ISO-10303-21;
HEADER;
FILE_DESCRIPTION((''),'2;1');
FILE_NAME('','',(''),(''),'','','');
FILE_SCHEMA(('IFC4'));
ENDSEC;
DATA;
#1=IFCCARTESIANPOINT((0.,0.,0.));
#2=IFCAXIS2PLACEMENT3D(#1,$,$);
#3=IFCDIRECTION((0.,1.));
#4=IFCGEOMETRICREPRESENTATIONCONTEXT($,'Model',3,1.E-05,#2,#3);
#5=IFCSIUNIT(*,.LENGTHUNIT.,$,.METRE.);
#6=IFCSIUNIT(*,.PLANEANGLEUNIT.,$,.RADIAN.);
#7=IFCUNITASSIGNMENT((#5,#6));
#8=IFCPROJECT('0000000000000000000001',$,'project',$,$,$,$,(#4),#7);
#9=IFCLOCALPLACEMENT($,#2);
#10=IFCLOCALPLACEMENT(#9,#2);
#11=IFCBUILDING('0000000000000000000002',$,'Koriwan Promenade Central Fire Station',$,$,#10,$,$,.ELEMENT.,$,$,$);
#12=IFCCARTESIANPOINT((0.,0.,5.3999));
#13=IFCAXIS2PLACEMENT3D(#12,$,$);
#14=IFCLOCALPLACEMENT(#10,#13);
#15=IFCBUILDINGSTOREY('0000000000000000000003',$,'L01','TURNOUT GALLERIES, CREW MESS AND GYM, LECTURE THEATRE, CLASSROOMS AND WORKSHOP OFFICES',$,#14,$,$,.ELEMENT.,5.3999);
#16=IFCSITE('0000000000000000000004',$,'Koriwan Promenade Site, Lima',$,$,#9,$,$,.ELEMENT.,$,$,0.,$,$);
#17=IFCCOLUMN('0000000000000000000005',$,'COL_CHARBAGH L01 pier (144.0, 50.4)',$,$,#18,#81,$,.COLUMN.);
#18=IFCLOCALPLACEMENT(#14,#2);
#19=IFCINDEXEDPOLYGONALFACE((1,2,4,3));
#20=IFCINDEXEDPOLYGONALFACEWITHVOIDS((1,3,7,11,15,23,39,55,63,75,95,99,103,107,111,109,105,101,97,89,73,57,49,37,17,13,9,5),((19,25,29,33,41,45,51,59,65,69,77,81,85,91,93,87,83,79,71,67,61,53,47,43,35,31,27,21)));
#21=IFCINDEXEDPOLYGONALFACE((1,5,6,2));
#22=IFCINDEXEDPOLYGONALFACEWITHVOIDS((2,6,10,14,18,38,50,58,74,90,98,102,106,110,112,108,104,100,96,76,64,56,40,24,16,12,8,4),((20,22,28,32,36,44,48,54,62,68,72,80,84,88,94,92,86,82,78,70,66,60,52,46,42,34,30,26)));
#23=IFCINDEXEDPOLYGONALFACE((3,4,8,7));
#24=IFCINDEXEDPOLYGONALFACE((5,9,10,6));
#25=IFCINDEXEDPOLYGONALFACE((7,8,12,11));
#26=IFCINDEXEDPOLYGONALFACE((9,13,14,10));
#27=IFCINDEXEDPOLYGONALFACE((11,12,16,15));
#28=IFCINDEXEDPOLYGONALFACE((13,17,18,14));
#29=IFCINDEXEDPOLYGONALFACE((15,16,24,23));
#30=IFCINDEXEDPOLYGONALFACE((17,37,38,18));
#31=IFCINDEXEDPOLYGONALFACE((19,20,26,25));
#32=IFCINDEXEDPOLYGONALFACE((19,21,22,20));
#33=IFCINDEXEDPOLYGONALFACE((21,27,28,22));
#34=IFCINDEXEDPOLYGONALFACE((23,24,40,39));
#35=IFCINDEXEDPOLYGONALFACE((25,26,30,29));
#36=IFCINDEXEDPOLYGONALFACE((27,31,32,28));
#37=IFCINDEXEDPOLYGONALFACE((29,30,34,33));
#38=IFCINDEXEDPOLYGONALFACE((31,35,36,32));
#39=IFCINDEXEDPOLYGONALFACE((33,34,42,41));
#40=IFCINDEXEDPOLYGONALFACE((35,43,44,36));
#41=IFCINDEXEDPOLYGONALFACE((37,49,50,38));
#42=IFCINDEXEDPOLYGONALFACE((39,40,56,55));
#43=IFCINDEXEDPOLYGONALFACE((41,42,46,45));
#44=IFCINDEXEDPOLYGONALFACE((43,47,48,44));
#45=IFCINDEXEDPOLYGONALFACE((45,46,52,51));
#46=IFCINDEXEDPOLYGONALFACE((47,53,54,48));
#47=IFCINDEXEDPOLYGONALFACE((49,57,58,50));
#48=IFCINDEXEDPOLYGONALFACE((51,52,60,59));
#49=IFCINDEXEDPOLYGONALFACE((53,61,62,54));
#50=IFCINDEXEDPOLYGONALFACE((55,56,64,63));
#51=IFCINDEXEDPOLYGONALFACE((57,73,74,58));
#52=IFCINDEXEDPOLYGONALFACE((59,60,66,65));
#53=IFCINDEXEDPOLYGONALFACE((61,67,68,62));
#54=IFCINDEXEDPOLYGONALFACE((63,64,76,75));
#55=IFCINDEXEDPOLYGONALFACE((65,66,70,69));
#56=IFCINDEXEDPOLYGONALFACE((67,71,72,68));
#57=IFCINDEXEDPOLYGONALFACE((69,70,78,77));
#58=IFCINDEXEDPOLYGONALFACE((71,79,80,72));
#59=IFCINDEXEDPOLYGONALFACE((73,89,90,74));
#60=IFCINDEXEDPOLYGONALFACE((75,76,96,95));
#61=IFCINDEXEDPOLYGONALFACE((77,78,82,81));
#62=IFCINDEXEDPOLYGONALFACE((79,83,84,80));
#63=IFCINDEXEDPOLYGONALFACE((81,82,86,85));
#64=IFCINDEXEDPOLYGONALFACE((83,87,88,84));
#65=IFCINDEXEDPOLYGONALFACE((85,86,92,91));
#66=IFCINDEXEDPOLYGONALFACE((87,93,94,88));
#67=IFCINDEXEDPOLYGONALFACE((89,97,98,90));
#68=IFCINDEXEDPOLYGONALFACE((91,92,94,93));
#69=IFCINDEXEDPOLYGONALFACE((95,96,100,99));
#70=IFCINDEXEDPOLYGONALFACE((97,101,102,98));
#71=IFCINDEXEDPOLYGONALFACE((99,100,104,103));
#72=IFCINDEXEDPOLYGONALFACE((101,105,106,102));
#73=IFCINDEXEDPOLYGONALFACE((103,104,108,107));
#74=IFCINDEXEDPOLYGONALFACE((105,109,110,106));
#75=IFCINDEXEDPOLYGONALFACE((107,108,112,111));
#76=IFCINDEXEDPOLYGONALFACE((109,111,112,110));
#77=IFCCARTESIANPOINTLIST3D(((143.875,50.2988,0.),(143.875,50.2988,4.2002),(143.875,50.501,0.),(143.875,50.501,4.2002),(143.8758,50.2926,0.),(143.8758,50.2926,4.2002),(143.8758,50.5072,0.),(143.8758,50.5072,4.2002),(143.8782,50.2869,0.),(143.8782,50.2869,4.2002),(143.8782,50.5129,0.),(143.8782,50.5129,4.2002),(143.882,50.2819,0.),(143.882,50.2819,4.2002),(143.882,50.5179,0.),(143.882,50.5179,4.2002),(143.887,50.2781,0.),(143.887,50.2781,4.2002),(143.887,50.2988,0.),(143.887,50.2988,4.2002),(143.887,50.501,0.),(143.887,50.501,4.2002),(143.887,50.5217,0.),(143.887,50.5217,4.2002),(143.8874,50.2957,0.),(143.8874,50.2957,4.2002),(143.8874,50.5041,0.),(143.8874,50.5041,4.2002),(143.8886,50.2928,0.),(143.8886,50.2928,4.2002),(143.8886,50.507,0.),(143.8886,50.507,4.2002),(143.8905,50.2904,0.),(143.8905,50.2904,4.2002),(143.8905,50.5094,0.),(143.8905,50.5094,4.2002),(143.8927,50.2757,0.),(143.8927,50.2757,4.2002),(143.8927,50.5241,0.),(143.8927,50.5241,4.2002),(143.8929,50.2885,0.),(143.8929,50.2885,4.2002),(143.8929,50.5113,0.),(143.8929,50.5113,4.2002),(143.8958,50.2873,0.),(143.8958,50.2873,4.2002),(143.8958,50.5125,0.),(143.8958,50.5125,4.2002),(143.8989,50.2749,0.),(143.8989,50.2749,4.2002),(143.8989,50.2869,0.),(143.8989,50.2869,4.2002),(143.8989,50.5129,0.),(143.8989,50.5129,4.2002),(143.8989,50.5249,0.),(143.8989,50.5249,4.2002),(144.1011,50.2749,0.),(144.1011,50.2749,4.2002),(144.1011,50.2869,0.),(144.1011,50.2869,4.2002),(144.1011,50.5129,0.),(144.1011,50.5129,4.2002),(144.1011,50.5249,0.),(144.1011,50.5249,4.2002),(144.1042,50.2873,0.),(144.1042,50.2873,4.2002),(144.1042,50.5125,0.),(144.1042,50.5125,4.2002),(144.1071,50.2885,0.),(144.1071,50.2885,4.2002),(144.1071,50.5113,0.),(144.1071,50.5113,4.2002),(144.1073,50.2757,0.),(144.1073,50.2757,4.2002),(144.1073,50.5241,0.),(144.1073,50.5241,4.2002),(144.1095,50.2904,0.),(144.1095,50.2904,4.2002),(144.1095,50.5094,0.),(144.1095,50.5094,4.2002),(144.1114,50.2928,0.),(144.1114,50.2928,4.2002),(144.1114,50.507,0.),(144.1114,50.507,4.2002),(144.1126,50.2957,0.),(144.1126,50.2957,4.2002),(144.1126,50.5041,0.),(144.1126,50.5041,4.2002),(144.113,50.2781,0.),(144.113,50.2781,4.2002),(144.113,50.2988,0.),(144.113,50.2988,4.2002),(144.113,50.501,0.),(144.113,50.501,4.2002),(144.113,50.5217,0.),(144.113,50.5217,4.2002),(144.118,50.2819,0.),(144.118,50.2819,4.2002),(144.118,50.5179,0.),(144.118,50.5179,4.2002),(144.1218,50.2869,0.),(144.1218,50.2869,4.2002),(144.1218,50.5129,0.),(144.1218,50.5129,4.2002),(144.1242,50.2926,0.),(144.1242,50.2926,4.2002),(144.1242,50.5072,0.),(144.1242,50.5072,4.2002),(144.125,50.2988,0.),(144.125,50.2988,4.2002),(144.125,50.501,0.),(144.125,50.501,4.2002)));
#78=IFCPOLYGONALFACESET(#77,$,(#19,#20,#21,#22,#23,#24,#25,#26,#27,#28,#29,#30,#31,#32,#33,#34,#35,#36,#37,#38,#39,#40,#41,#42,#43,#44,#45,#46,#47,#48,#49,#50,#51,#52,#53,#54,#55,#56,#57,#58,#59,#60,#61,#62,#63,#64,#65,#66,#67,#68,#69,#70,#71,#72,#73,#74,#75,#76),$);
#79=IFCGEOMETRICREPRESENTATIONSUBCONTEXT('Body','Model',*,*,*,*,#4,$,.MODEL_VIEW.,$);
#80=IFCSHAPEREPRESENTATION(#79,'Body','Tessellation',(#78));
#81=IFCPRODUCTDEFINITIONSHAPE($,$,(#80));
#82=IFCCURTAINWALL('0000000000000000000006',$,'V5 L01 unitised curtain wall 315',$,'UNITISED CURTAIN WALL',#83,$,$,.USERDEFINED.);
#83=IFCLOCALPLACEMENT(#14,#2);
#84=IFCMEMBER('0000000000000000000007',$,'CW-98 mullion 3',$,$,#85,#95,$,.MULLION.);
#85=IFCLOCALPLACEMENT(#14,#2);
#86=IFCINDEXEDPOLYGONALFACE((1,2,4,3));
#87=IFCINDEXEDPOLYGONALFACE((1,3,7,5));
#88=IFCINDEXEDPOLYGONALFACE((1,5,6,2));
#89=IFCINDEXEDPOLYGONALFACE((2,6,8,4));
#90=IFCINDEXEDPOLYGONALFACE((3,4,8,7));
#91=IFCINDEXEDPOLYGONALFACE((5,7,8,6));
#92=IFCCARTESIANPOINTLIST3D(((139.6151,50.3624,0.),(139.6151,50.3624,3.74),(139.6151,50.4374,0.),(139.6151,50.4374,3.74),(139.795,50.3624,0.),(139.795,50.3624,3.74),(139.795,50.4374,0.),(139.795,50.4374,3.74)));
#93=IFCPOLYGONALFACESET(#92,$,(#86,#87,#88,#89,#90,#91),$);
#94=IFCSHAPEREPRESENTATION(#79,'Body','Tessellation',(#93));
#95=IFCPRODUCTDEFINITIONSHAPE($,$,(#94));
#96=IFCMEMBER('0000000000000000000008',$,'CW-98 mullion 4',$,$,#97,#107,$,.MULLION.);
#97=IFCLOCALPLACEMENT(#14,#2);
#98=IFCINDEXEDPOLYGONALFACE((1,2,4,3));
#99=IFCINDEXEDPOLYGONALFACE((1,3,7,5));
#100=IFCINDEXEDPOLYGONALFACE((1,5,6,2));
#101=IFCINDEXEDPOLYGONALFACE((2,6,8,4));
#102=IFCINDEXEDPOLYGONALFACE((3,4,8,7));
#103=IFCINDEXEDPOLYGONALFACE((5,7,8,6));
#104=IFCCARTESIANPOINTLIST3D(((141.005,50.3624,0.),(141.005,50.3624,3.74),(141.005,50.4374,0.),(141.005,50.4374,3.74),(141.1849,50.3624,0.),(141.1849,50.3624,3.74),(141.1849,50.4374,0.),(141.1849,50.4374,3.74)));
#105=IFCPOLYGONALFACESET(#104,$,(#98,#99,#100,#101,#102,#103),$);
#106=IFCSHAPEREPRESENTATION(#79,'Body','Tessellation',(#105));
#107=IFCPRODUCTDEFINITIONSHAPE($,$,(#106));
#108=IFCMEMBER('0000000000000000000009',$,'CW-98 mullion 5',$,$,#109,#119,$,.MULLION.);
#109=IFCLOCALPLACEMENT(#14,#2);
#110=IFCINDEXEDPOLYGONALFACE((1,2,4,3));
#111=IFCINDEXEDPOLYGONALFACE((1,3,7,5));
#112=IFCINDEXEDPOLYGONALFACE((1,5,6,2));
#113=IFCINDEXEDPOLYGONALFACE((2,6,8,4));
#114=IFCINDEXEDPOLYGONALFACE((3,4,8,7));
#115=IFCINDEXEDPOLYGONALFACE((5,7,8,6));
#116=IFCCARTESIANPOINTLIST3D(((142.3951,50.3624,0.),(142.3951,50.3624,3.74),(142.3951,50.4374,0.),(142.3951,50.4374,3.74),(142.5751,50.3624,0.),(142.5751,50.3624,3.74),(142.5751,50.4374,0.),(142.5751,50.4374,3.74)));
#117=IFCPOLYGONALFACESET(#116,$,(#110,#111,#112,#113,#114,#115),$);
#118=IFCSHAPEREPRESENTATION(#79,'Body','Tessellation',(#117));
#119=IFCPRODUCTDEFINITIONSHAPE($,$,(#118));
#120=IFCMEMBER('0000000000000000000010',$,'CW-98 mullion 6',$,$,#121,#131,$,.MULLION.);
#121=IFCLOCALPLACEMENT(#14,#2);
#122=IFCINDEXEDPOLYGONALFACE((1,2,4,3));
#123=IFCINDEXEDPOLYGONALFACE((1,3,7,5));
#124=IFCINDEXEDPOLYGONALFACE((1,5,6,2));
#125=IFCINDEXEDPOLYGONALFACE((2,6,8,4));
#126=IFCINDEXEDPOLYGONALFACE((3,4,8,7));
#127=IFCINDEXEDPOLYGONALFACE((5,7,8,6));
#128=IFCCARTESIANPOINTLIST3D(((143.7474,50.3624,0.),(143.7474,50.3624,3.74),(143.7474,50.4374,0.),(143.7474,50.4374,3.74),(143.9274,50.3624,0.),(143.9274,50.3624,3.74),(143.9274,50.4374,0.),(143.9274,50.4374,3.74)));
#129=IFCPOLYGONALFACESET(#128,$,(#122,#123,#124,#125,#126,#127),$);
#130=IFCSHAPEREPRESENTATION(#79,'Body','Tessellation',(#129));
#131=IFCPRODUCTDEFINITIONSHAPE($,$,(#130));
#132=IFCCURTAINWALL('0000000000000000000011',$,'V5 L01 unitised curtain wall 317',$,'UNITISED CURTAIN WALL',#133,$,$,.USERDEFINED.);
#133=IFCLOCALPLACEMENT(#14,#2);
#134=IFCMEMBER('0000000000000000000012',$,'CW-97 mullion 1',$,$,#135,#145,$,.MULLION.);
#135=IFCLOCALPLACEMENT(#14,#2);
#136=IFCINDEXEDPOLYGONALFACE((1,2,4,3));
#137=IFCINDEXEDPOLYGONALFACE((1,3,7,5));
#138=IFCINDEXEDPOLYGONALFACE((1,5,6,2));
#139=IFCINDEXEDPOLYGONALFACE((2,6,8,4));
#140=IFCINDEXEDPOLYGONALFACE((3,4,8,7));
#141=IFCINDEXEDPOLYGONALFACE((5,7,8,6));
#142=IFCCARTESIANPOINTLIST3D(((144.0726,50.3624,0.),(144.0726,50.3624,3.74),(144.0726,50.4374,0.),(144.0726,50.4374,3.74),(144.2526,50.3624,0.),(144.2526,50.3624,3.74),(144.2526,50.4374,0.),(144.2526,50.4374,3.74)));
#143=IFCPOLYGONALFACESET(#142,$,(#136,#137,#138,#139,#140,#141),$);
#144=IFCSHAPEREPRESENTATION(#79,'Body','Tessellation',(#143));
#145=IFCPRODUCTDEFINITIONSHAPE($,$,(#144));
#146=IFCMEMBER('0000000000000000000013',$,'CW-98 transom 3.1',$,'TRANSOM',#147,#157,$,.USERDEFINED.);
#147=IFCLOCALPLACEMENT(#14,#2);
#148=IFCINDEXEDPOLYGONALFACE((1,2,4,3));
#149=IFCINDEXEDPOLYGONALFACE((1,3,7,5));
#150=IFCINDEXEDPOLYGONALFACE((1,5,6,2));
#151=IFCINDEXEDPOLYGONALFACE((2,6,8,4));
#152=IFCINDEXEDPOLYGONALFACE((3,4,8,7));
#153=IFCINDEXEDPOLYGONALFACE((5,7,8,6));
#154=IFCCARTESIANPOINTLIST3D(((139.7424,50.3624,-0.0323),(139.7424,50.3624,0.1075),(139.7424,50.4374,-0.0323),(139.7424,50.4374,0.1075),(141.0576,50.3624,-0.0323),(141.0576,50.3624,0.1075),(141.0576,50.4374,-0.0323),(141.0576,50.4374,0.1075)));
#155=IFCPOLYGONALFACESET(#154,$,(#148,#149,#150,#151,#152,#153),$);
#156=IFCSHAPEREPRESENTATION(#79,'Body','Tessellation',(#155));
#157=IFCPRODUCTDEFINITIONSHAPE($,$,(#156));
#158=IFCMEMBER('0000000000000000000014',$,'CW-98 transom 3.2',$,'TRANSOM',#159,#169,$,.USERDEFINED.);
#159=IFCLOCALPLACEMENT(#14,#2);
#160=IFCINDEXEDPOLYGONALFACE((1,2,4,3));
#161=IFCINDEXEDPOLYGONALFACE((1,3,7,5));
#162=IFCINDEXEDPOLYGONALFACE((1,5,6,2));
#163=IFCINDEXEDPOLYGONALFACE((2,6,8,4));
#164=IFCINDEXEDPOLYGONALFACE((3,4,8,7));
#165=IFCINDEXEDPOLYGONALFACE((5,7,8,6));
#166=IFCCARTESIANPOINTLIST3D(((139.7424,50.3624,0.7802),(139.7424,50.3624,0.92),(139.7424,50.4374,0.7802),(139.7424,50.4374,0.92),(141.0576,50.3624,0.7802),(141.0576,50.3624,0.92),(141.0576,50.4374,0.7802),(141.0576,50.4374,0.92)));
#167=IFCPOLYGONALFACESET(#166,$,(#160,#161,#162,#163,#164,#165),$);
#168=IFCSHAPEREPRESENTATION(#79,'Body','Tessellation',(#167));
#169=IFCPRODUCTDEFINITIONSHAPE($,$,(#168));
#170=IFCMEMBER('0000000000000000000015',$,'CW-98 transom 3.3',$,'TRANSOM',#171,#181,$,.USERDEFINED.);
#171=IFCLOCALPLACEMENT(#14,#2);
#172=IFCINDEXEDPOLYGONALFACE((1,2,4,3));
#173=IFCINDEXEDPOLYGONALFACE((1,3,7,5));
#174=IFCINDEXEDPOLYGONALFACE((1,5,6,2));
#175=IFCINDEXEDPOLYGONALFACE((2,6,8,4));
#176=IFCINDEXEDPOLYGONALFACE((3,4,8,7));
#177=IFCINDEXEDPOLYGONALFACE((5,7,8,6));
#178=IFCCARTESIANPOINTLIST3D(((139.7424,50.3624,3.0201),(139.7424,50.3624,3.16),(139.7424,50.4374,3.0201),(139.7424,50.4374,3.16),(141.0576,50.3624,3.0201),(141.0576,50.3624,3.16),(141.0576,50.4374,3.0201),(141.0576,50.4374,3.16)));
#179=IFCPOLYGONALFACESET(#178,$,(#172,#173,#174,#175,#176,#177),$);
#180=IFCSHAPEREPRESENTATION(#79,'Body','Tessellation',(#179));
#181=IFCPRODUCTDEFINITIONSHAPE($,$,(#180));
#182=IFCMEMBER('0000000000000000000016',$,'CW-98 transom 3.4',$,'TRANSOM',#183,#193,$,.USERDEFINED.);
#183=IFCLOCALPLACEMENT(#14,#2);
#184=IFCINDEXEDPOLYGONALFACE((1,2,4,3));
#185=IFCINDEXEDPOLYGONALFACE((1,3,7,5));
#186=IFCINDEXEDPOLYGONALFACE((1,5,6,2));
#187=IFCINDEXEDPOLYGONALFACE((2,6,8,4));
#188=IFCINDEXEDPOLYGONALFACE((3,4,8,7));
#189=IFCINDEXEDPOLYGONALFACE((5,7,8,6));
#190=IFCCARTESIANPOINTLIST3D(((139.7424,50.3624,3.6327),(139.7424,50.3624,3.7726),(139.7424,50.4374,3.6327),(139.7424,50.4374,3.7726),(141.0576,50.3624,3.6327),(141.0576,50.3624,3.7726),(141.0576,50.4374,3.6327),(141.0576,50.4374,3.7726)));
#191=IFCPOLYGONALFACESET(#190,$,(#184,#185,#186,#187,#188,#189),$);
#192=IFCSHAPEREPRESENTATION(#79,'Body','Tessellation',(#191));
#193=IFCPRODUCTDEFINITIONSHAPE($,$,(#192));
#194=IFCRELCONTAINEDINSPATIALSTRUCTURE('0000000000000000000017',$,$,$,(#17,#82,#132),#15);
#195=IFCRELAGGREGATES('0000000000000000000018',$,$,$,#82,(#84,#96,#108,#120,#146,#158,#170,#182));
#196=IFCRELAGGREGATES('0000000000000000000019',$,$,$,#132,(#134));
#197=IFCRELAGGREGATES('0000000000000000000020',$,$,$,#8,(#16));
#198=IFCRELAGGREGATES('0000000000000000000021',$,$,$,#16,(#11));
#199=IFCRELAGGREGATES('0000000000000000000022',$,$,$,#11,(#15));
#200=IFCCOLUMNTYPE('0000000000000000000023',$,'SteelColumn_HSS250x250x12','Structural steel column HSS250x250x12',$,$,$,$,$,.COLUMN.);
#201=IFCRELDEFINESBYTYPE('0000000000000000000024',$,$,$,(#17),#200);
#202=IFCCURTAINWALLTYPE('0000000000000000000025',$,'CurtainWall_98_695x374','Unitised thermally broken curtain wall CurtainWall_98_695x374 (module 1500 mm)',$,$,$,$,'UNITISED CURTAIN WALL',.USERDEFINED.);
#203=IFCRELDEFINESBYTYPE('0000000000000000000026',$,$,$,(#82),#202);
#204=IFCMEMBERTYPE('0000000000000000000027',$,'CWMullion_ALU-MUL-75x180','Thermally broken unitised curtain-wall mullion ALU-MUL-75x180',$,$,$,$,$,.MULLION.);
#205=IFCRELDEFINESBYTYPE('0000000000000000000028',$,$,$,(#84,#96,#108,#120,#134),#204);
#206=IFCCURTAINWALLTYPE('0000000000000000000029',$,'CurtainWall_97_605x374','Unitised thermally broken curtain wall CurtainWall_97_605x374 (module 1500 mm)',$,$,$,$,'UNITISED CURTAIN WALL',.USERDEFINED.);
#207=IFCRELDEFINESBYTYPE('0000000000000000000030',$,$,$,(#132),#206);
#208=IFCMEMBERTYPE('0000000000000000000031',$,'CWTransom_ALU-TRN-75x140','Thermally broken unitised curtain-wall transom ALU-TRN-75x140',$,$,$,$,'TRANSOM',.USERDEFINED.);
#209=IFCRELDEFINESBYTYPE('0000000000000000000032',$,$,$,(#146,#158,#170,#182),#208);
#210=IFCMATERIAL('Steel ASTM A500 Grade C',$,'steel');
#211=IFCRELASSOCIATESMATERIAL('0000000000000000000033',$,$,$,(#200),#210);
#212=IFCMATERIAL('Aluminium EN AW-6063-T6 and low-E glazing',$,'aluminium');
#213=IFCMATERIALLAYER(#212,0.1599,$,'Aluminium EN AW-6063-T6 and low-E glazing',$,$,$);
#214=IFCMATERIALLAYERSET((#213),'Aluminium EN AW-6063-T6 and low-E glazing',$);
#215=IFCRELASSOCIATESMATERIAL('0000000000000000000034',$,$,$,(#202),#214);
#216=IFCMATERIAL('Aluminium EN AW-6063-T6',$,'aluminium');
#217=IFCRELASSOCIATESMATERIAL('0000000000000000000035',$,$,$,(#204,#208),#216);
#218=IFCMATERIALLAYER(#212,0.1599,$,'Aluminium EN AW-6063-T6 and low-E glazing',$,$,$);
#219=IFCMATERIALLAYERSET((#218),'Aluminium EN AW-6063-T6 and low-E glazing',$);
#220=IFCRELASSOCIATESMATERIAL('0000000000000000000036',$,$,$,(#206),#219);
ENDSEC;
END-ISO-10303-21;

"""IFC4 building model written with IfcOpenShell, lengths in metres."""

from ifc_helpers import new_model, si_unit, direction, frame, origin, origin_2d, place, context, subcontext, project, spatial, rectangle, hollow_rectangle, extrude, material, layer, layer_set, material_profile, profile_set, type_object, element, aggregate, save


model = new_model("IFC4")

# Units and contexts
model_context = context("Model", 3, precision=1e-05, world=origin(), true_north=direction((0.0, 1.0)))
body_context = subcontext(model_context, "Body", "Model", "MODEL_VIEW")
ifc_project = project(units=[si_unit("LENGTHUNIT", "METRE"), si_unit("PLANEANGLEUNIT", "RADIAN")], contexts=[model_context])

# Site, building, storey
site_placement = place(None, origin())
site = spatial("IfcSite", under=ifc_project, at=site_placement, Name="Koriwan Promenade Site, Lima", CompositionType="ELEMENT", RefElevation=0.0)
building_placement = place(site_placement, origin())
building = spatial("IfcBuilding", under=site, at=building_placement, Name="Koriwan Promenade Central Fire Station", CompositionType="ELEMENT")
storey_placement = place(building_placement, frame((0.0, 0.0, 5.3999)))
storey = spatial("IfcBuildingStorey", under=building, at=storey_placement, Name="L01", Description="TURNOUT GALLERIES, CREW MESS AND GYM, LECTURE THEATRE, CLASSROOMS AND WORKSHOP OFFICES", CompositionType="ELEMENT", Elevation=5.3999)

# Column
ifc_material_1 = material(Name="Steel ASTM A500 Grade C", Category="steel")
ifc_material_profile_1 = material_profile(ifc_material_1, hollow_rectangle(XDim=0.25, YDim=0.25, WallThickness=0.012, InnerFilletRadius=0.012, OuterFilletRadius=0.0239, at=origin_2d()), Name="HSS250x250x12")
ifc_profile_set_1 = profile_set([ifc_material_profile_1], Name="Steel ASTM A500 Grade C")
column_type = type_object("IfcColumnType", Name="SteelColumn_HSS250x250x12", Description="Structural steel column HSS250x250x12", PredefinedType="COLUMN", material=ifc_profile_set_1)
column_placement = place(storey_placement, frame((144.0, 50.3999, 0.0), z_axis=(0.0, 0.0, 1.0), x_axis=(1.0, 0.0, 0.0)))
element("IfcColumn", 1, at=column_placement, inside=storey, type_object=column_type, Name="COL_CHARBAGH L01 pier (144.0, 50.4)", PredefinedType="COLUMN", context=body_context, shape_type="SweptSolid", body=[
    extrude(hollow_rectangle(XDim=0.25, YDim=0.25, WallThickness=0.012, InnerFilletRadius=0.012, OuterFilletRadius=0.0239, at=origin_2d()), origin(), (0.0, 0.0, 1.0), 4.2002),
])

# Curtain wall, members
ifc_material_2 = material(Name="Aluminium EN AW-6063-T6 and low-E glazing", Category="aluminium")
ifc_layer_1 = layer(ifc_material_2, 0.1599, Name="Aluminium EN AW-6063-T6 and low-E glazing")
ifc_layer_set_1 = layer_set([ifc_layer_1], Name="Aluminium EN AW-6063-T6 and low-E glazing")
curtain_wall_type_1 = type_object("IfcCurtainWallType", Name="CurtainWall_98_695x374", Description="Unitised thermally broken curtain wall CurtainWall_98_695x374 (module 1500 mm)", ElementType="UNITISED CURTAIN WALL", PredefinedType="USERDEFINED", material=ifc_layer_set_1)
curtain_wall_1_placement = place(storey_placement, origin())
curtain_wall_1 = element("IfcCurtainWall", 2, at=curtain_wall_1_placement, inside=storey, type_object=curtain_wall_type_1, Name="V5 L01 unitised curtain wall 315", ObjectType="UNITISED CURTAIN WALL", PredefinedType="USERDEFINED")
ifc_material_3 = material(Name="Aluminium EN AW-6063-T6", Category="aluminium")
ifc_material_profile_2 = material_profile(ifc_material_3, rectangle(XDim=0.075, YDim=0.1799, at=origin_2d()), Name="ALU-MUL-75x180")
ifc_profile_set_2 = profile_set([ifc_material_profile_2], Name="Aluminium EN AW-6063-T6")
member_type_1 = type_object("IfcMemberType", Name="CWMullion_ALU-MUL-75x180", Description="Thermally broken unitised curtain-wall mullion ALU-MUL-75x180", PredefinedType="MULLION", material=ifc_profile_set_2)
member_1_placement = place(storey_placement, frame((139.7051, 50.3999, 0.0), z_axis=(0.0, 0.0, 1.0), x_axis=(0.0, 1.0, 0.0)))
member_1 = element("IfcMember", 3, at=member_1_placement, type_object=member_type_1, Name="CW-98 mullion 3", PredefinedType="MULLION", context=body_context, shape_type="SweptSolid", body=[
    extrude(rectangle(XDim=0.075, YDim=0.1799, at=origin_2d()), origin(), (0.0, 0.0, 1.0), 3.74),
])
member_2_placement = place(storey_placement, frame((141.095, 50.3999, 0.0), z_axis=(0.0, 0.0, 1.0), x_axis=(0.0, 1.0, 0.0)))
member_2 = element("IfcMember", 4, at=member_2_placement, type_object=member_type_1, Name="CW-98 mullion 4", PredefinedType="MULLION", context=body_context, shape_type="SweptSolid", body=[
    extrude(rectangle(XDim=0.075, YDim=0.1799, at=origin_2d()), origin(), (0.0, 0.0, 1.0), 3.74),
])
member_3_placement = place(storey_placement, frame((142.4851, 50.3999, 0.0), z_axis=(0.0, 0.0, 1.0), x_axis=(0.0, 1.0, 0.0)))
member_3 = element("IfcMember", 5, at=member_3_placement, type_object=member_type_1, Name="CW-98 mullion 5", PredefinedType="MULLION", context=body_context, shape_type="SweptSolid", body=[
    extrude(rectangle(XDim=0.075, YDim=0.1799, at=origin_2d()), origin(), (0.0, 0.0, 1.0), 3.74),
])
member_4_placement = place(storey_placement, frame((143.8374, 50.3999, 0.0), z_axis=(0.0, 0.0, 1.0), x_axis=(0.0, 1.0, 0.0)))
member_4 = element("IfcMember", 6, at=member_4_placement, type_object=member_type_1, Name="CW-98 mullion 6", PredefinedType="MULLION", context=body_context, shape_type="SweptSolid", body=[
    extrude(rectangle(XDim=0.075, YDim=0.1799, at=origin_2d()), origin(), (0.0, 0.0, 1.0), 3.74),
])

# Curtain wall, member
ifc_layer_2 = layer(ifc_material_2, 0.1599, Name="Aluminium EN AW-6063-T6 and low-E glazing")
ifc_layer_set_2 = layer_set([ifc_layer_2], Name="Aluminium EN AW-6063-T6 and low-E glazing")
curtain_wall_type_2 = type_object("IfcCurtainWallType", Name="CurtainWall_97_605x374", Description="Unitised thermally broken curtain wall CurtainWall_97_605x374 (module 1500 mm)", ElementType="UNITISED CURTAIN WALL", PredefinedType="USERDEFINED", material=ifc_layer_set_2)
curtain_wall_2_placement = place(storey_placement, origin())
curtain_wall_2 = element("IfcCurtainWall", 7, at=curtain_wall_2_placement, inside=storey, type_object=curtain_wall_type_2, Name="V5 L01 unitised curtain wall 317", ObjectType="UNITISED CURTAIN WALL", PredefinedType="USERDEFINED")
member_5_placement = place(storey_placement, frame((144.1626, 50.3999, 0.0), z_axis=(0.0, 0.0, 1.0), x_axis=(0.0, 1.0, 0.0)))
member_5 = element("IfcMember", 8, at=member_5_placement, type_object=member_type_1, Name="CW-97 mullion 1", PredefinedType="MULLION", context=body_context, shape_type="SweptSolid", body=[
    extrude(rectangle(XDim=0.075, YDim=0.1799, at=origin_2d()), origin(), (0.0, 0.0, 1.0), 3.74),
])

# Members
ifc_material_profile_3 = material_profile(ifc_material_3, rectangle(XDim=0.075, YDim=0.1399, at=origin_2d()), Name="ALU-TRN-75x140")
ifc_profile_set_3 = profile_set([ifc_material_profile_3], Name="Aluminium EN AW-6063-T6")
member_type_2 = type_object("IfcMemberType", Name="CWTransom_ALU-TRN-75x140", Description="Thermally broken unitised curtain-wall transom ALU-TRN-75x140", ElementType="TRANSOM", PredefinedType="USERDEFINED", material=ifc_profile_set_3)
member_6_placement = place(storey_placement, frame((139.7424, 50.3999, 0.0376), z_axis=(1.0, 0.0, 0.0), x_axis=(0.0, 1.0, 0.0)))
member_6 = element("IfcMember", 9, at=member_6_placement, type_object=member_type_2, Name="CW-98 transom 3.1", ObjectType="TRANSOM", PredefinedType="USERDEFINED", context=body_context, shape_type="SweptSolid", body=[
    extrude(rectangle(XDim=0.075, YDim=0.1399, at=origin_2d()), origin(), (0.0, 0.0, 1.0), 1.3152),
])
member_7_placement = place(storey_placement, frame((139.7424, 50.3999, 0.8501), z_axis=(1.0, 0.0, 0.0), x_axis=(0.0, 1.0, 0.0)))
member_7 = element("IfcMember", 10, at=member_7_placement, type_object=member_type_2, Name="CW-98 transom 3.2", ObjectType="TRANSOM", PredefinedType="USERDEFINED", context=body_context, shape_type="SweptSolid", body=[
    extrude(rectangle(XDim=0.075, YDim=0.1399, at=origin_2d()), origin(), (0.0, 0.0, 1.0), 1.3152),
])
member_8_placement = place(storey_placement, frame((139.7424, 50.3999, 3.0901), z_axis=(1.0, 0.0, 0.0), x_axis=(0.0, 1.0, 0.0)))
member_8 = element("IfcMember", 11, at=member_8_placement, type_object=member_type_2, Name="CW-98 transom 3.3", ObjectType="TRANSOM", PredefinedType="USERDEFINED", context=body_context, shape_type="SweptSolid", body=[
    extrude(rectangle(XDim=0.075, YDim=0.1399, at=origin_2d()), origin(), (0.0, 0.0, 1.0), 1.3152),
])
member_9_placement = place(storey_placement, frame((139.7424, 50.3999, 3.7026), z_axis=(1.0, 0.0, 0.0), x_axis=(0.0, 1.0, 0.0)))
member_9 = element("IfcMember", 12, at=member_9_placement, type_object=member_type_2, Name="CW-98 transom 3.4", ObjectType="TRANSOM", PredefinedType="USERDEFINED", context=body_context, shape_type="SweptSolid", body=[
    extrude(rectangle(XDim=0.075, YDim=0.1399, at=origin_2d()), origin(), (0.0, 0.0, 1.0), 1.3152),
])

aggregate(curtain_wall_1, [member_1, member_2, member_3, member_4, member_6, member_7, member_8, member_9])
aggregate(curtain_wall_2, [member_5])

save(model, "model.ifc")
